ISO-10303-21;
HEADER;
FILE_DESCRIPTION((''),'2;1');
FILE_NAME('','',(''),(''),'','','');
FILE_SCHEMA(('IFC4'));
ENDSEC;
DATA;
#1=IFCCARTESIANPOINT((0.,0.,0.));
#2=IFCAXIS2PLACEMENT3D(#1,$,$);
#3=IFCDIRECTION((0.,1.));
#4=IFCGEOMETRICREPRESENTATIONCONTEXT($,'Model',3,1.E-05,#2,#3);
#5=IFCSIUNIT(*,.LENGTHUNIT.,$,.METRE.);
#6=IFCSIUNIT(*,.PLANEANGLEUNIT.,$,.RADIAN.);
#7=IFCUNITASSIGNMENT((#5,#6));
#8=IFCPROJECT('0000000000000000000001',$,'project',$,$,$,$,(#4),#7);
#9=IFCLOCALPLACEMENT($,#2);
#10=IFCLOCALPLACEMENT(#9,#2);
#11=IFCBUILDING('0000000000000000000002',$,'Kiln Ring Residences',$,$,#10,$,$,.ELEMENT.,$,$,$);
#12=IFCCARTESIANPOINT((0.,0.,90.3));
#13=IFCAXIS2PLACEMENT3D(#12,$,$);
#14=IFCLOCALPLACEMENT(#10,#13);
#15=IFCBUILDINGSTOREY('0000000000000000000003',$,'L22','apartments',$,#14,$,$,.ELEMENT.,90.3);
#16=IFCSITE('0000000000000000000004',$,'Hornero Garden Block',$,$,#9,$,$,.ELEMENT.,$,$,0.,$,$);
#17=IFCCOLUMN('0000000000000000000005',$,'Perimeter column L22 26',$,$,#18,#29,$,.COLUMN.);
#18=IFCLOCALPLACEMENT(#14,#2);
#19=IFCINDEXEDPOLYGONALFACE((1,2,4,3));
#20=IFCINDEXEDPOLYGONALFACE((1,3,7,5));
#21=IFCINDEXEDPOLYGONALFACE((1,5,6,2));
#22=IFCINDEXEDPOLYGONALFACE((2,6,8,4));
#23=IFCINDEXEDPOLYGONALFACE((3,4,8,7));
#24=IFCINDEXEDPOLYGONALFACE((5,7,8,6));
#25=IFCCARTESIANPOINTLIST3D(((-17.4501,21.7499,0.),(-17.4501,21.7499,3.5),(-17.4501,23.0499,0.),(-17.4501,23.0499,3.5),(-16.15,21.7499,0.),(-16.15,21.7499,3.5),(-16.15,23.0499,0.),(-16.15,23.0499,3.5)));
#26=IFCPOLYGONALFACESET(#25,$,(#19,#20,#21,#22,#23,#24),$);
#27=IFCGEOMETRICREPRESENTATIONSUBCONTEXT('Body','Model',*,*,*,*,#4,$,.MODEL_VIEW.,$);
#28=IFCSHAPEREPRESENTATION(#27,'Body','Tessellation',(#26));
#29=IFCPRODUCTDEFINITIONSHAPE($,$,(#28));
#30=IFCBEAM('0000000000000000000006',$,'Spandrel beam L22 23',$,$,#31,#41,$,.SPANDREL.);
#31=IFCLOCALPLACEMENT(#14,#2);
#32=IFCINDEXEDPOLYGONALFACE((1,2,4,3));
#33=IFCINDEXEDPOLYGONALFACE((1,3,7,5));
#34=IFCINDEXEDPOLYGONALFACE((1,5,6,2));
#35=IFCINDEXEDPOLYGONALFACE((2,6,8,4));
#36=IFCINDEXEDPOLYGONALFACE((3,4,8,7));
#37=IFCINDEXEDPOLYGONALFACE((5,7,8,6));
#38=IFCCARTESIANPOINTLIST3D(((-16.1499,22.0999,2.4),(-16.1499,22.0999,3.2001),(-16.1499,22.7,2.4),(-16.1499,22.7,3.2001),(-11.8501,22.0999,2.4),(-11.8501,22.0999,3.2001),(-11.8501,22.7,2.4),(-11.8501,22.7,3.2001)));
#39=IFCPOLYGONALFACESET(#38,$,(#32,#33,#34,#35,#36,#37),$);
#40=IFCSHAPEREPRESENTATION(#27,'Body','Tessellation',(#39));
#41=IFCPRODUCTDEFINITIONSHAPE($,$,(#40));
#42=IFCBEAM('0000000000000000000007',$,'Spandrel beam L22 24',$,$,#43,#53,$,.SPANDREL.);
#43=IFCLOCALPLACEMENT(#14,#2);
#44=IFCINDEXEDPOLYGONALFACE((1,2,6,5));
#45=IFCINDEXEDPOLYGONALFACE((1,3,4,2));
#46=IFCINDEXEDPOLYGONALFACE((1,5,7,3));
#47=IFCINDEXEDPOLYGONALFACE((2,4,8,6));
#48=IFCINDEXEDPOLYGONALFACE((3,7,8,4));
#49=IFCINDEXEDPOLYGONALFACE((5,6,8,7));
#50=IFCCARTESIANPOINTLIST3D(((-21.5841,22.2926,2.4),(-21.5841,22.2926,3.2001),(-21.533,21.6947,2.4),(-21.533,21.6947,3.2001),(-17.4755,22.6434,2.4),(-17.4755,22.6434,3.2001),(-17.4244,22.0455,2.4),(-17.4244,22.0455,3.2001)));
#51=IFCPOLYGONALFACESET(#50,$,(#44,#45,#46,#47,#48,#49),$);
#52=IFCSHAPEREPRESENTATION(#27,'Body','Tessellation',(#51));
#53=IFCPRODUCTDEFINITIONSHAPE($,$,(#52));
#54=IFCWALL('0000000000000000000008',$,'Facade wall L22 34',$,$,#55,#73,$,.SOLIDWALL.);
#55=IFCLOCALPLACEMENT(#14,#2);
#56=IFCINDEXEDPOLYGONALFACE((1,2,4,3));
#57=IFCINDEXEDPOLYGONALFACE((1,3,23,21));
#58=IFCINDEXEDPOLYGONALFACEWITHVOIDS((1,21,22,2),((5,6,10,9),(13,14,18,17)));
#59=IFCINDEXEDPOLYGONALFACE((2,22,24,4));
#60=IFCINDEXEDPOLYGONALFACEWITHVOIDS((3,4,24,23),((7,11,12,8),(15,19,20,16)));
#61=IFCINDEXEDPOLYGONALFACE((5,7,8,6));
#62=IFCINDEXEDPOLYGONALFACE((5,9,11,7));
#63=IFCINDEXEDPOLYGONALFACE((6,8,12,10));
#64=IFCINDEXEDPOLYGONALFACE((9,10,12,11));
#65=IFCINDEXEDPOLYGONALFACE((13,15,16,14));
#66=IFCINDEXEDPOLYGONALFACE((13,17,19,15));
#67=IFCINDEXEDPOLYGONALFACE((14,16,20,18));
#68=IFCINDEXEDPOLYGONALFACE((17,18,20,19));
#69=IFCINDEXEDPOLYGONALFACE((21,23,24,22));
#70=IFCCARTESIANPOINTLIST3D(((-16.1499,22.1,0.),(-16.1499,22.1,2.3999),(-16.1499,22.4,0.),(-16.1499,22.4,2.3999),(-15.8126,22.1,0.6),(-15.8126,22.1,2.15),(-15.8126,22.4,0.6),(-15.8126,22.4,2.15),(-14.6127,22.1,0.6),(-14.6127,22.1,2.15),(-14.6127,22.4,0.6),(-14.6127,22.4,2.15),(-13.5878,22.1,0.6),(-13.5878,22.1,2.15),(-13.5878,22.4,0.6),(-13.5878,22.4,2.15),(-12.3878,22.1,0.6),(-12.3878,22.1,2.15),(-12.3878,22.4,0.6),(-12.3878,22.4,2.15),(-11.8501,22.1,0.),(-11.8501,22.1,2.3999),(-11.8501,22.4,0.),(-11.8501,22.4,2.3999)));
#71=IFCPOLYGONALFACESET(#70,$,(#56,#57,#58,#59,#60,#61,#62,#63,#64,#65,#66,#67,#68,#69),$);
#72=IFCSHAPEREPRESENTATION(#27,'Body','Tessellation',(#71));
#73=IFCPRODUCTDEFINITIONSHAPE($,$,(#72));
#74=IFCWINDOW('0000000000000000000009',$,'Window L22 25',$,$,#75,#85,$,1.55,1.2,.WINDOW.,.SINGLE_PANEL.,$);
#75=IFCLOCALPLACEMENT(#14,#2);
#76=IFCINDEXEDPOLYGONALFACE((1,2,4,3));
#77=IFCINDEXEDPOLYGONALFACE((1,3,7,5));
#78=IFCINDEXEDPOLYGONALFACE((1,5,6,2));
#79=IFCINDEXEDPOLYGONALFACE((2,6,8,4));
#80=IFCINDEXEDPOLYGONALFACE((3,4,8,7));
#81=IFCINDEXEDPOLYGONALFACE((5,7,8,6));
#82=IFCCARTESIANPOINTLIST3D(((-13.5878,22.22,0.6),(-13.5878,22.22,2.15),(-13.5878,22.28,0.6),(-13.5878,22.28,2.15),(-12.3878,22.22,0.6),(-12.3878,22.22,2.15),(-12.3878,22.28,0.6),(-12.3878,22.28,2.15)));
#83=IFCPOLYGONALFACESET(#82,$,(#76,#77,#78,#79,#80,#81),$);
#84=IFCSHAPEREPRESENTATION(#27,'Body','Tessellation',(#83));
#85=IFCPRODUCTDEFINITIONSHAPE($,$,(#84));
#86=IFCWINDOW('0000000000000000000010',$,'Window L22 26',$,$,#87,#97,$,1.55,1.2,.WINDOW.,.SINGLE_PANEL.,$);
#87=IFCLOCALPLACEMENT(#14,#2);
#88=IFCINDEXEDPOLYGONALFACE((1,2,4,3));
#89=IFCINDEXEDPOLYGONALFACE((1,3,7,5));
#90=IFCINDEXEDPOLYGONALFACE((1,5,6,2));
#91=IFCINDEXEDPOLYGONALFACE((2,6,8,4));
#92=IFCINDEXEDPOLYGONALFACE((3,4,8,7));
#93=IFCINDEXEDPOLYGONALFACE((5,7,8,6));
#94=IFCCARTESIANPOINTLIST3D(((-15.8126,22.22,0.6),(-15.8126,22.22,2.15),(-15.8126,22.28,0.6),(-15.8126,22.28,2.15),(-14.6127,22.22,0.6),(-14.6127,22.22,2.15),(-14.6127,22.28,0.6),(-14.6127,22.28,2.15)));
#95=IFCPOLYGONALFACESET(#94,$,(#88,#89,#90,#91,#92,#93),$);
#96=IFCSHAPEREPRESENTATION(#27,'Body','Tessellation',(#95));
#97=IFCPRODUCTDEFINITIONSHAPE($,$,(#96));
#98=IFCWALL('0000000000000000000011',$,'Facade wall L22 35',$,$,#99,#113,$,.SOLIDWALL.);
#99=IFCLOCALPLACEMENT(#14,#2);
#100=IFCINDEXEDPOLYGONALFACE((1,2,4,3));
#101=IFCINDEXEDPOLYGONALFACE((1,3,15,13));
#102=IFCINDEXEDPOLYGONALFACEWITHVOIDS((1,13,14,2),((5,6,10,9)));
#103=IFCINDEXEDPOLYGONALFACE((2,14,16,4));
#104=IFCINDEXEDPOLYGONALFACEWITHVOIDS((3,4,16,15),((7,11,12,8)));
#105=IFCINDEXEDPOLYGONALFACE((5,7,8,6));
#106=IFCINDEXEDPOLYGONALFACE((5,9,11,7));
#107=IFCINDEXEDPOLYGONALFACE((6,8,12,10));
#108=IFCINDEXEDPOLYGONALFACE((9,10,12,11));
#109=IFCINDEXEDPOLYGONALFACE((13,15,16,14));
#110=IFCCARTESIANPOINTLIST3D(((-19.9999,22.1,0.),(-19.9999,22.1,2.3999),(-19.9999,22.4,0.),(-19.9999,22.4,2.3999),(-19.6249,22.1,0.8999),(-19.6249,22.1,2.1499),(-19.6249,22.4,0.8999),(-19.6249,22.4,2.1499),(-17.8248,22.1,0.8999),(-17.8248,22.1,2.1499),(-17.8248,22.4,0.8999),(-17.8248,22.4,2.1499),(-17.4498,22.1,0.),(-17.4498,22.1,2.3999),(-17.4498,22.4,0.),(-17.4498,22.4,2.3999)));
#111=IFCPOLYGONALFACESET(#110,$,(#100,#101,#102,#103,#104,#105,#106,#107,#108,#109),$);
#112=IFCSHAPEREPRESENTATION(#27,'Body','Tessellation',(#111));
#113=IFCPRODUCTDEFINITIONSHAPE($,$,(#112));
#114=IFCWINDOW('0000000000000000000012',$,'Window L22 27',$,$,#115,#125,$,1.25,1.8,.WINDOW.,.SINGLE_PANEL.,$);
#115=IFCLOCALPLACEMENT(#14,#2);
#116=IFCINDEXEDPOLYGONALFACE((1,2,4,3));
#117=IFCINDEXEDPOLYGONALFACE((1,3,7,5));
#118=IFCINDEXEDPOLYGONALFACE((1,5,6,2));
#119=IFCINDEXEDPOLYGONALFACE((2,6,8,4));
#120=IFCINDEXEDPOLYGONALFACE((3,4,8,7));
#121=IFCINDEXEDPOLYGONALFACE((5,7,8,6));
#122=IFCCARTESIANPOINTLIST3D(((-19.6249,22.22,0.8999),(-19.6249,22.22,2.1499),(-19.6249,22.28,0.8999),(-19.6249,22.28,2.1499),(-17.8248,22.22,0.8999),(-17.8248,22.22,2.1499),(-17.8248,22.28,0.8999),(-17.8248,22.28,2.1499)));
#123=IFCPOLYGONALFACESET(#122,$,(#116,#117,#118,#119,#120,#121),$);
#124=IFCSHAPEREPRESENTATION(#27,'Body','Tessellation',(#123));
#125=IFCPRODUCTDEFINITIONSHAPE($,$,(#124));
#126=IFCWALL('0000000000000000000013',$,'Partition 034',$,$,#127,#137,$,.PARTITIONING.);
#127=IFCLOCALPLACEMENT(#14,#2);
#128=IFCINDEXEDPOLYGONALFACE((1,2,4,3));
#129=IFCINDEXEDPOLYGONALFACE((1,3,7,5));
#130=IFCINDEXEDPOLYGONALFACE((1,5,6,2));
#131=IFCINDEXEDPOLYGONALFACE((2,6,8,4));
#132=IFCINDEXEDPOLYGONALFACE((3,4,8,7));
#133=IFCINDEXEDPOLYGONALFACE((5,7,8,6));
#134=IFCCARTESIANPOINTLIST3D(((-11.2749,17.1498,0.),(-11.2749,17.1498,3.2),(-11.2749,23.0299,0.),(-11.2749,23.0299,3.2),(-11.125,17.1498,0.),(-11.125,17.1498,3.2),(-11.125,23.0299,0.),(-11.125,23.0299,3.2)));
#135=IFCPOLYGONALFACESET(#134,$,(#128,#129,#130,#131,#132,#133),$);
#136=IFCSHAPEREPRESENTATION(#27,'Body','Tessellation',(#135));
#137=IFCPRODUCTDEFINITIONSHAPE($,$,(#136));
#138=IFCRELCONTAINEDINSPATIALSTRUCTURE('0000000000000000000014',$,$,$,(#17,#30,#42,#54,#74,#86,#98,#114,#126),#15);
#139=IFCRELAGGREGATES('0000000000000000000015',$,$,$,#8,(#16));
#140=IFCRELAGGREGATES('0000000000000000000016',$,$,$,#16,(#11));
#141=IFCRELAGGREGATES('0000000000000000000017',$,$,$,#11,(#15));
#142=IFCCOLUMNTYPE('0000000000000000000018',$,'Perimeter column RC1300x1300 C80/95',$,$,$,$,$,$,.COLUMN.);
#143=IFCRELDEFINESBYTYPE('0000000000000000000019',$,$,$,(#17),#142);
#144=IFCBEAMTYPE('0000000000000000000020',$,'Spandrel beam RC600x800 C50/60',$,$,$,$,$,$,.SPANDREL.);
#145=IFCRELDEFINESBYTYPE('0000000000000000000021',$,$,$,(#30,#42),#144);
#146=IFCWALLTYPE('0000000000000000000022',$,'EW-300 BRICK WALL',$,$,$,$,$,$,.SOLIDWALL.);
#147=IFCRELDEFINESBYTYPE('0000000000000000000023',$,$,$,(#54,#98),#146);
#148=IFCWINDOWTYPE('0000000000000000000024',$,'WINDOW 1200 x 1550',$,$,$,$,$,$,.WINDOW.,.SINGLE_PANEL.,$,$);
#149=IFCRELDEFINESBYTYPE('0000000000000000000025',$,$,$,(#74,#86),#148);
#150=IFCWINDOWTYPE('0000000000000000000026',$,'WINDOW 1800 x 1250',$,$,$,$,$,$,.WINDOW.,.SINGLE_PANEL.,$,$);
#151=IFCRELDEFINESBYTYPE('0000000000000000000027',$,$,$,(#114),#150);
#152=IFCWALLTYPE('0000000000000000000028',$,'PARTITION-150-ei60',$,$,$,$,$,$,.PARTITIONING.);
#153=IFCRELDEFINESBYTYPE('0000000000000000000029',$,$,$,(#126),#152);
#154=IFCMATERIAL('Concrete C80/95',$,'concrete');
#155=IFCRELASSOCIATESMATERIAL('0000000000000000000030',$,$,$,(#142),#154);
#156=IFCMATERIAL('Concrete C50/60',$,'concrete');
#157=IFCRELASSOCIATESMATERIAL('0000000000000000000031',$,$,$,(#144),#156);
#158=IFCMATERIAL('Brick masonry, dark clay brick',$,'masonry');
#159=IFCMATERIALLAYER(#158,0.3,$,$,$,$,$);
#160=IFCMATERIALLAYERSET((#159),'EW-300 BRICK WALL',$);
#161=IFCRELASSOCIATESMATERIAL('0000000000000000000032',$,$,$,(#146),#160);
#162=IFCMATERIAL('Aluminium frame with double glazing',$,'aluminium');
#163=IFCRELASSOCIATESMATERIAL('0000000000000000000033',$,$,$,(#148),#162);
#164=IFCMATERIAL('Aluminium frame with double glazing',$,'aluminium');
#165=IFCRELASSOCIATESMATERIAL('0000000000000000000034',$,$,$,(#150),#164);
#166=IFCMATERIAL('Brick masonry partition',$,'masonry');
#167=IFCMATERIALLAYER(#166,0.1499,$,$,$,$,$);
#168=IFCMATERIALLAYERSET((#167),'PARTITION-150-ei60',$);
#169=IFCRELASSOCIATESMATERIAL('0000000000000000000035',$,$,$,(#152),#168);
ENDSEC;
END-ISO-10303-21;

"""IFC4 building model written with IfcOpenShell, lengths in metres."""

from ifc_helpers import new_model, si_unit, direction, frame, frame_2d, origin, origin_2d, place, context, subcontext, project, spatial, rectangle, extrude, material, layer, layer_set, material_profile, profile_set, type_object, element, fill, save


model = new_model("IFC4")

# Units and contexts
model_context = context("Model", 3, precision=1e-05, world=origin(), true_north=direction((0.0, 1.0)))
body_context = subcontext(model_context, "Body", "Model", "MODEL_VIEW")
ifc_project = project(units=[si_unit("LENGTHUNIT", "METRE"), si_unit("PLANEANGLEUNIT", "RADIAN")], contexts=[model_context])

# Site, building, storey
site_placement = place(None, origin())
site = spatial("IfcSite", under=ifc_project, at=site_placement, Name="Hornero Garden Block", CompositionType="ELEMENT", RefElevation=0.0)
building_placement = place(site_placement, origin())
building = spatial("IfcBuilding", under=site, at=building_placement, Name="Kiln Ring Residences", CompositionType="ELEMENT")
storey_placement = place(building_placement, frame((0.0, 0.0, 90.3)))
storey = spatial("IfcBuildingStorey", under=building, at=storey_placement, Name="L22", Description="apartments", CompositionType="ELEMENT", Elevation=90.3)

# Column
ifc_material_1 = material(Name="Concrete C80/95", Category="concrete")
ifc_material_profile_1 = material_profile(ifc_material_1, rectangle(XDim=1.3, YDim=1.3, at=origin_2d()), Name="RC1300x1300")
ifc_profile_set_1 = profile_set([ifc_material_profile_1], Name="Concrete C80/95")
column_type = type_object("IfcColumnType", Name="Perimeter column RC1300x1300 C80/95", PredefinedType="COLUMN", material=ifc_profile_set_1)
column_placement = place(storey_placement, frame((-16.8, 22.3999, 0.0), z_axis=(0.0, 0.0, 1.0), x_axis=(1.0, 0.0, 0.0)))
element("IfcColumn", 1, at=column_placement, inside=storey, type_object=column_type, Name="Perimeter column L22 26", PredefinedType="COLUMN", context=body_context, shape_type="SweptSolid", body=[
    extrude(rectangle(XDim=1.3, YDim=1.3, at=origin_2d()), origin(), (0.0, 0.0, 1.0), 3.5),
])

# Beams
ifc_material_2 = material(Name="Concrete C50/60", Category="concrete")
ifc_material_profile_2 = material_profile(ifc_material_2, rectangle(XDim=0.6001, YDim=0.8, at=origin_2d()), Name="RC600x800")
ifc_profile_set_2 = profile_set([ifc_material_profile_2], Name="Concrete C50/60")
beam_type = type_object("IfcBeamType", Name="Spandrel beam RC600x800 C50/60", PredefinedType="SPANDREL", material=ifc_profile_set_2)
beam_1_placement = place(storey_placement, frame((-11.8501, 22.3999, 2.8), z_axis=(-1.0, 0.0, 0.0), x_axis=(0.0, -1.0, 0.0)))
element("IfcBeam", 2, at=beam_1_placement, inside=storey, type_object=beam_type, Name="Spandrel beam L22 23", PredefinedType="SPANDREL", context=body_context, shape_type="SweptSolid", body=[
    extrude(rectangle(XDim=0.6001, YDim=0.8, at=origin_2d()), origin(), (0.0, 0.0, 1.0), 4.2998),
])
beam_2_placement = place(storey_placement, frame((-17.45, 22.3445, 2.8), z_axis=(-0.996374, -0.085079, 0.0), x_axis=(0.085079, -0.996374, 0.0)))
element("IfcBeam", 3, at=beam_2_placement, inside=storey, type_object=beam_type, Name="Spandrel beam L22 24", PredefinedType="SPANDREL", context=body_context, shape_type="SweptSolid", body=[
    extrude(rectangle(XDim=0.6001, YDim=0.8, at=origin_2d()), origin(), (0.0, 0.0, 1.0), 4.1235),
])

# Wall, openings, windows
ifc_material_3 = material(Name="Brick masonry, dark clay brick", Category="masonry")
ifc_layer_1 = layer(ifc_material_3, 0.3)
ifc_layer_set_1 = layer_set([ifc_layer_1], Name="EW-300 BRICK WALL")
wall_type_1 = type_object("IfcWallType", Name="EW-300 BRICK WALL", PredefinedType="SOLIDWALL", material=ifc_layer_set_1)
wall_1_placement = place(storey_placement, frame((-11.8501, 22.25, 0.0), z_axis=(0.0, 0.0, 1.0), x_axis=(-1.0, 0.0, 0.0)))
wall_1 = element("IfcWall", 4, at=wall_1_placement, inside=storey, type_object=wall_type_1, Name="Facade wall L22 34", PredefinedType="SOLIDWALL", context=body_context, shape_type="SweptSolid", body=[
    extrude(rectangle(XDim=4.2998, YDim=0.3, at=frame_2d((2.1499, 0.0))), origin(), (0.0, 0.0, 1.0), 2.3999),
])
opening_1_placement = place(wall_1_placement, frame((0.5376, 0.0, 0.6001)))
opening_1 = element("IfcOpeningElement", 5, at=opening_1_placement, cuts=wall_1, PredefinedType="OPENING", context=body_context, shape_type="SweptSolid", body=[
    extrude(rectangle(XDim=1.2, YDim=1.55, at=frame_2d((0.6001, 0.7749))), frame((0.0, 0.1599, 0.0), z_axis=(0.0, -1.0, 0.0), x_axis=(1.0, 0.0, 0.0)), (0.0, 0.0, 1.0), 0.3201),
])
opening_2_placement = place(wall_1_placement, frame((2.7625, 0.0, 0.6001)))
opening_2 = element("IfcOpeningElement", 6, at=opening_2_placement, cuts=wall_1, PredefinedType="OPENING", context=body_context, shape_type="SweptSolid", body=[
    extrude(rectangle(XDim=1.2, YDim=1.55, at=frame_2d((0.6001, 0.7749))), frame((0.0, 0.1599, 0.0), z_axis=(0.0, -1.0, 0.0), x_axis=(1.0, 0.0, 0.0)), (0.0, 0.0, 1.0), 0.3201),
])
ifc_material_4 = material(Name="Aluminium frame with double glazing", Category="aluminium")
window_type_1 = type_object("IfcWindowType", Name="WINDOW 1200 x 1550", PartitioningType="SINGLE_PANEL", PredefinedType="WINDOW", material=ifc_material_4)
window_1_placement = place(opening_1_placement, origin())
window_1 = element("IfcWindow", 7, at=window_1_placement, inside=storey, type_object=window_type_1, Name="Window L22 25", OverallHeight=1.55, OverallWidth=1.2, PartitioningType="SINGLE_PANEL", PredefinedType="WINDOW", context=body_context, shape_type="SweptSolid", body=[
    extrude(rectangle(XDim=1.2, YDim=1.55, at=frame_2d((0.6001, 0.7749))), frame((0.0, 0.03, 0.0), z_axis=(0.0, -1.0, 0.0), x_axis=(1.0, 0.0, 0.0)), (0.0, 0.0, 1.0), 0.0601),
])
fill(opening_1, window_1)
window_2_placement = place(opening_2_placement, origin())
window_2 = element("IfcWindow", 8, at=window_2_placement, inside=storey, type_object=window_type_1, Name="Window L22 26", OverallHeight=1.55, OverallWidth=1.2, PartitioningType="SINGLE_PANEL", PredefinedType="WINDOW", context=body_context, shape_type="SweptSolid", body=[
    extrude(rectangle(XDim=1.2, YDim=1.55, at=frame_2d((0.6001, 0.7749))), frame((0.0, 0.03, 0.0), z_axis=(0.0, -1.0, 0.0), x_axis=(1.0, 0.0, 0.0)), (0.0, 0.0, 1.0), 0.0601),
])
fill(opening_2, window_2)

# Wall, opening, window
wall_2_placement = place(storey_placement, frame((-17.45, 22.25, 0.0), z_axis=(0.0, 0.0, 1.0), x_axis=(-1.0, 0.0, 0.0)))
wall_2 = element("IfcWall", 9, at=wall_2_placement, inside=storey, type_object=wall_type_1, Name="Facade wall L22 35", PredefinedType="SOLIDWALL", context=body_context, shape_type="SweptSolid", body=[
    extrude(rectangle(XDim=2.55, YDim=0.3, at=frame_2d((1.2749, 0.0))), origin(), (0.0, 0.0, 1.0), 2.3999),
])
opening_3_placement = place(wall_2_placement, frame((0.375, 0.0, 0.8999)))
opening_3 = element("IfcOpeningElement", 10, at=opening_3_placement, cuts=wall_2, PredefinedType="OPENING", context=body_context, shape_type="SweptSolid", body=[
    extrude(rectangle(XDim=1.8, YDim=1.25, at=frame_2d((0.8999, 0.625))), frame((0.0, 0.1599, 0.0), z_axis=(0.0, -1.0, 0.0), x_axis=(1.0, 0.0, 0.0)), (0.0, 0.0, 1.0), 0.3201),
])
ifc_material_5 = material(Name="Aluminium frame with double glazing", Category="aluminium")
window_type_2 = type_object("IfcWindowType", Name="WINDOW 1800 x 1250", PartitioningType="SINGLE_PANEL", PredefinedType="WINDOW", material=ifc_material_5)
window_3_placement = place(opening_3_placement, origin())
window_3 = element("IfcWindow", 11, at=window_3_placement, inside=storey, type_object=window_type_2, Name="Window L22 27", OverallHeight=1.25, OverallWidth=1.8, PartitioningType="SINGLE_PANEL", PredefinedType="WINDOW", context=body_context, shape_type="SweptSolid", body=[
    extrude(rectangle(XDim=1.8, YDim=1.25, at=frame_2d((0.8999, 0.625))), frame((0.0, 0.03, 0.0), z_axis=(0.0, -1.0, 0.0), x_axis=(1.0, 0.0, 0.0)), (0.0, 0.0, 1.0), 0.0601),
])
fill(opening_3, window_3)

# Wall
ifc_material_6 = material(Name="Brick masonry partition", Category="masonry")
ifc_layer_2 = layer(ifc_material_6, 0.1499)
ifc_layer_set_2 = layer_set([ifc_layer_2], Name="PARTITION-150-ei60")
wall_type_2 = type_object("IfcWallType", Name="PARTITION-150-ei60", PredefinedType="PARTITIONING", material=ifc_layer_set_2)
wall_3_placement = place(storey_placement, frame((-11.2, 17.1499, 0.0), z_axis=(0.0, 0.0, 1.0), x_axis=(0.0, 1.0, 0.0)))
element("IfcWall", 12, at=wall_3_placement, inside=storey, type_object=wall_type_2, Name="Partition 034", PredefinedType="PARTITIONING", context=body_context, shape_type="SweptSolid", body=[
    extrude(rectangle(XDim=5.8801, YDim=0.1499, at=frame_2d((2.9399, 0.0))), origin(), (0.0, 0.0, 1.0), 3.2),
])

save(model, "model.ifc")
